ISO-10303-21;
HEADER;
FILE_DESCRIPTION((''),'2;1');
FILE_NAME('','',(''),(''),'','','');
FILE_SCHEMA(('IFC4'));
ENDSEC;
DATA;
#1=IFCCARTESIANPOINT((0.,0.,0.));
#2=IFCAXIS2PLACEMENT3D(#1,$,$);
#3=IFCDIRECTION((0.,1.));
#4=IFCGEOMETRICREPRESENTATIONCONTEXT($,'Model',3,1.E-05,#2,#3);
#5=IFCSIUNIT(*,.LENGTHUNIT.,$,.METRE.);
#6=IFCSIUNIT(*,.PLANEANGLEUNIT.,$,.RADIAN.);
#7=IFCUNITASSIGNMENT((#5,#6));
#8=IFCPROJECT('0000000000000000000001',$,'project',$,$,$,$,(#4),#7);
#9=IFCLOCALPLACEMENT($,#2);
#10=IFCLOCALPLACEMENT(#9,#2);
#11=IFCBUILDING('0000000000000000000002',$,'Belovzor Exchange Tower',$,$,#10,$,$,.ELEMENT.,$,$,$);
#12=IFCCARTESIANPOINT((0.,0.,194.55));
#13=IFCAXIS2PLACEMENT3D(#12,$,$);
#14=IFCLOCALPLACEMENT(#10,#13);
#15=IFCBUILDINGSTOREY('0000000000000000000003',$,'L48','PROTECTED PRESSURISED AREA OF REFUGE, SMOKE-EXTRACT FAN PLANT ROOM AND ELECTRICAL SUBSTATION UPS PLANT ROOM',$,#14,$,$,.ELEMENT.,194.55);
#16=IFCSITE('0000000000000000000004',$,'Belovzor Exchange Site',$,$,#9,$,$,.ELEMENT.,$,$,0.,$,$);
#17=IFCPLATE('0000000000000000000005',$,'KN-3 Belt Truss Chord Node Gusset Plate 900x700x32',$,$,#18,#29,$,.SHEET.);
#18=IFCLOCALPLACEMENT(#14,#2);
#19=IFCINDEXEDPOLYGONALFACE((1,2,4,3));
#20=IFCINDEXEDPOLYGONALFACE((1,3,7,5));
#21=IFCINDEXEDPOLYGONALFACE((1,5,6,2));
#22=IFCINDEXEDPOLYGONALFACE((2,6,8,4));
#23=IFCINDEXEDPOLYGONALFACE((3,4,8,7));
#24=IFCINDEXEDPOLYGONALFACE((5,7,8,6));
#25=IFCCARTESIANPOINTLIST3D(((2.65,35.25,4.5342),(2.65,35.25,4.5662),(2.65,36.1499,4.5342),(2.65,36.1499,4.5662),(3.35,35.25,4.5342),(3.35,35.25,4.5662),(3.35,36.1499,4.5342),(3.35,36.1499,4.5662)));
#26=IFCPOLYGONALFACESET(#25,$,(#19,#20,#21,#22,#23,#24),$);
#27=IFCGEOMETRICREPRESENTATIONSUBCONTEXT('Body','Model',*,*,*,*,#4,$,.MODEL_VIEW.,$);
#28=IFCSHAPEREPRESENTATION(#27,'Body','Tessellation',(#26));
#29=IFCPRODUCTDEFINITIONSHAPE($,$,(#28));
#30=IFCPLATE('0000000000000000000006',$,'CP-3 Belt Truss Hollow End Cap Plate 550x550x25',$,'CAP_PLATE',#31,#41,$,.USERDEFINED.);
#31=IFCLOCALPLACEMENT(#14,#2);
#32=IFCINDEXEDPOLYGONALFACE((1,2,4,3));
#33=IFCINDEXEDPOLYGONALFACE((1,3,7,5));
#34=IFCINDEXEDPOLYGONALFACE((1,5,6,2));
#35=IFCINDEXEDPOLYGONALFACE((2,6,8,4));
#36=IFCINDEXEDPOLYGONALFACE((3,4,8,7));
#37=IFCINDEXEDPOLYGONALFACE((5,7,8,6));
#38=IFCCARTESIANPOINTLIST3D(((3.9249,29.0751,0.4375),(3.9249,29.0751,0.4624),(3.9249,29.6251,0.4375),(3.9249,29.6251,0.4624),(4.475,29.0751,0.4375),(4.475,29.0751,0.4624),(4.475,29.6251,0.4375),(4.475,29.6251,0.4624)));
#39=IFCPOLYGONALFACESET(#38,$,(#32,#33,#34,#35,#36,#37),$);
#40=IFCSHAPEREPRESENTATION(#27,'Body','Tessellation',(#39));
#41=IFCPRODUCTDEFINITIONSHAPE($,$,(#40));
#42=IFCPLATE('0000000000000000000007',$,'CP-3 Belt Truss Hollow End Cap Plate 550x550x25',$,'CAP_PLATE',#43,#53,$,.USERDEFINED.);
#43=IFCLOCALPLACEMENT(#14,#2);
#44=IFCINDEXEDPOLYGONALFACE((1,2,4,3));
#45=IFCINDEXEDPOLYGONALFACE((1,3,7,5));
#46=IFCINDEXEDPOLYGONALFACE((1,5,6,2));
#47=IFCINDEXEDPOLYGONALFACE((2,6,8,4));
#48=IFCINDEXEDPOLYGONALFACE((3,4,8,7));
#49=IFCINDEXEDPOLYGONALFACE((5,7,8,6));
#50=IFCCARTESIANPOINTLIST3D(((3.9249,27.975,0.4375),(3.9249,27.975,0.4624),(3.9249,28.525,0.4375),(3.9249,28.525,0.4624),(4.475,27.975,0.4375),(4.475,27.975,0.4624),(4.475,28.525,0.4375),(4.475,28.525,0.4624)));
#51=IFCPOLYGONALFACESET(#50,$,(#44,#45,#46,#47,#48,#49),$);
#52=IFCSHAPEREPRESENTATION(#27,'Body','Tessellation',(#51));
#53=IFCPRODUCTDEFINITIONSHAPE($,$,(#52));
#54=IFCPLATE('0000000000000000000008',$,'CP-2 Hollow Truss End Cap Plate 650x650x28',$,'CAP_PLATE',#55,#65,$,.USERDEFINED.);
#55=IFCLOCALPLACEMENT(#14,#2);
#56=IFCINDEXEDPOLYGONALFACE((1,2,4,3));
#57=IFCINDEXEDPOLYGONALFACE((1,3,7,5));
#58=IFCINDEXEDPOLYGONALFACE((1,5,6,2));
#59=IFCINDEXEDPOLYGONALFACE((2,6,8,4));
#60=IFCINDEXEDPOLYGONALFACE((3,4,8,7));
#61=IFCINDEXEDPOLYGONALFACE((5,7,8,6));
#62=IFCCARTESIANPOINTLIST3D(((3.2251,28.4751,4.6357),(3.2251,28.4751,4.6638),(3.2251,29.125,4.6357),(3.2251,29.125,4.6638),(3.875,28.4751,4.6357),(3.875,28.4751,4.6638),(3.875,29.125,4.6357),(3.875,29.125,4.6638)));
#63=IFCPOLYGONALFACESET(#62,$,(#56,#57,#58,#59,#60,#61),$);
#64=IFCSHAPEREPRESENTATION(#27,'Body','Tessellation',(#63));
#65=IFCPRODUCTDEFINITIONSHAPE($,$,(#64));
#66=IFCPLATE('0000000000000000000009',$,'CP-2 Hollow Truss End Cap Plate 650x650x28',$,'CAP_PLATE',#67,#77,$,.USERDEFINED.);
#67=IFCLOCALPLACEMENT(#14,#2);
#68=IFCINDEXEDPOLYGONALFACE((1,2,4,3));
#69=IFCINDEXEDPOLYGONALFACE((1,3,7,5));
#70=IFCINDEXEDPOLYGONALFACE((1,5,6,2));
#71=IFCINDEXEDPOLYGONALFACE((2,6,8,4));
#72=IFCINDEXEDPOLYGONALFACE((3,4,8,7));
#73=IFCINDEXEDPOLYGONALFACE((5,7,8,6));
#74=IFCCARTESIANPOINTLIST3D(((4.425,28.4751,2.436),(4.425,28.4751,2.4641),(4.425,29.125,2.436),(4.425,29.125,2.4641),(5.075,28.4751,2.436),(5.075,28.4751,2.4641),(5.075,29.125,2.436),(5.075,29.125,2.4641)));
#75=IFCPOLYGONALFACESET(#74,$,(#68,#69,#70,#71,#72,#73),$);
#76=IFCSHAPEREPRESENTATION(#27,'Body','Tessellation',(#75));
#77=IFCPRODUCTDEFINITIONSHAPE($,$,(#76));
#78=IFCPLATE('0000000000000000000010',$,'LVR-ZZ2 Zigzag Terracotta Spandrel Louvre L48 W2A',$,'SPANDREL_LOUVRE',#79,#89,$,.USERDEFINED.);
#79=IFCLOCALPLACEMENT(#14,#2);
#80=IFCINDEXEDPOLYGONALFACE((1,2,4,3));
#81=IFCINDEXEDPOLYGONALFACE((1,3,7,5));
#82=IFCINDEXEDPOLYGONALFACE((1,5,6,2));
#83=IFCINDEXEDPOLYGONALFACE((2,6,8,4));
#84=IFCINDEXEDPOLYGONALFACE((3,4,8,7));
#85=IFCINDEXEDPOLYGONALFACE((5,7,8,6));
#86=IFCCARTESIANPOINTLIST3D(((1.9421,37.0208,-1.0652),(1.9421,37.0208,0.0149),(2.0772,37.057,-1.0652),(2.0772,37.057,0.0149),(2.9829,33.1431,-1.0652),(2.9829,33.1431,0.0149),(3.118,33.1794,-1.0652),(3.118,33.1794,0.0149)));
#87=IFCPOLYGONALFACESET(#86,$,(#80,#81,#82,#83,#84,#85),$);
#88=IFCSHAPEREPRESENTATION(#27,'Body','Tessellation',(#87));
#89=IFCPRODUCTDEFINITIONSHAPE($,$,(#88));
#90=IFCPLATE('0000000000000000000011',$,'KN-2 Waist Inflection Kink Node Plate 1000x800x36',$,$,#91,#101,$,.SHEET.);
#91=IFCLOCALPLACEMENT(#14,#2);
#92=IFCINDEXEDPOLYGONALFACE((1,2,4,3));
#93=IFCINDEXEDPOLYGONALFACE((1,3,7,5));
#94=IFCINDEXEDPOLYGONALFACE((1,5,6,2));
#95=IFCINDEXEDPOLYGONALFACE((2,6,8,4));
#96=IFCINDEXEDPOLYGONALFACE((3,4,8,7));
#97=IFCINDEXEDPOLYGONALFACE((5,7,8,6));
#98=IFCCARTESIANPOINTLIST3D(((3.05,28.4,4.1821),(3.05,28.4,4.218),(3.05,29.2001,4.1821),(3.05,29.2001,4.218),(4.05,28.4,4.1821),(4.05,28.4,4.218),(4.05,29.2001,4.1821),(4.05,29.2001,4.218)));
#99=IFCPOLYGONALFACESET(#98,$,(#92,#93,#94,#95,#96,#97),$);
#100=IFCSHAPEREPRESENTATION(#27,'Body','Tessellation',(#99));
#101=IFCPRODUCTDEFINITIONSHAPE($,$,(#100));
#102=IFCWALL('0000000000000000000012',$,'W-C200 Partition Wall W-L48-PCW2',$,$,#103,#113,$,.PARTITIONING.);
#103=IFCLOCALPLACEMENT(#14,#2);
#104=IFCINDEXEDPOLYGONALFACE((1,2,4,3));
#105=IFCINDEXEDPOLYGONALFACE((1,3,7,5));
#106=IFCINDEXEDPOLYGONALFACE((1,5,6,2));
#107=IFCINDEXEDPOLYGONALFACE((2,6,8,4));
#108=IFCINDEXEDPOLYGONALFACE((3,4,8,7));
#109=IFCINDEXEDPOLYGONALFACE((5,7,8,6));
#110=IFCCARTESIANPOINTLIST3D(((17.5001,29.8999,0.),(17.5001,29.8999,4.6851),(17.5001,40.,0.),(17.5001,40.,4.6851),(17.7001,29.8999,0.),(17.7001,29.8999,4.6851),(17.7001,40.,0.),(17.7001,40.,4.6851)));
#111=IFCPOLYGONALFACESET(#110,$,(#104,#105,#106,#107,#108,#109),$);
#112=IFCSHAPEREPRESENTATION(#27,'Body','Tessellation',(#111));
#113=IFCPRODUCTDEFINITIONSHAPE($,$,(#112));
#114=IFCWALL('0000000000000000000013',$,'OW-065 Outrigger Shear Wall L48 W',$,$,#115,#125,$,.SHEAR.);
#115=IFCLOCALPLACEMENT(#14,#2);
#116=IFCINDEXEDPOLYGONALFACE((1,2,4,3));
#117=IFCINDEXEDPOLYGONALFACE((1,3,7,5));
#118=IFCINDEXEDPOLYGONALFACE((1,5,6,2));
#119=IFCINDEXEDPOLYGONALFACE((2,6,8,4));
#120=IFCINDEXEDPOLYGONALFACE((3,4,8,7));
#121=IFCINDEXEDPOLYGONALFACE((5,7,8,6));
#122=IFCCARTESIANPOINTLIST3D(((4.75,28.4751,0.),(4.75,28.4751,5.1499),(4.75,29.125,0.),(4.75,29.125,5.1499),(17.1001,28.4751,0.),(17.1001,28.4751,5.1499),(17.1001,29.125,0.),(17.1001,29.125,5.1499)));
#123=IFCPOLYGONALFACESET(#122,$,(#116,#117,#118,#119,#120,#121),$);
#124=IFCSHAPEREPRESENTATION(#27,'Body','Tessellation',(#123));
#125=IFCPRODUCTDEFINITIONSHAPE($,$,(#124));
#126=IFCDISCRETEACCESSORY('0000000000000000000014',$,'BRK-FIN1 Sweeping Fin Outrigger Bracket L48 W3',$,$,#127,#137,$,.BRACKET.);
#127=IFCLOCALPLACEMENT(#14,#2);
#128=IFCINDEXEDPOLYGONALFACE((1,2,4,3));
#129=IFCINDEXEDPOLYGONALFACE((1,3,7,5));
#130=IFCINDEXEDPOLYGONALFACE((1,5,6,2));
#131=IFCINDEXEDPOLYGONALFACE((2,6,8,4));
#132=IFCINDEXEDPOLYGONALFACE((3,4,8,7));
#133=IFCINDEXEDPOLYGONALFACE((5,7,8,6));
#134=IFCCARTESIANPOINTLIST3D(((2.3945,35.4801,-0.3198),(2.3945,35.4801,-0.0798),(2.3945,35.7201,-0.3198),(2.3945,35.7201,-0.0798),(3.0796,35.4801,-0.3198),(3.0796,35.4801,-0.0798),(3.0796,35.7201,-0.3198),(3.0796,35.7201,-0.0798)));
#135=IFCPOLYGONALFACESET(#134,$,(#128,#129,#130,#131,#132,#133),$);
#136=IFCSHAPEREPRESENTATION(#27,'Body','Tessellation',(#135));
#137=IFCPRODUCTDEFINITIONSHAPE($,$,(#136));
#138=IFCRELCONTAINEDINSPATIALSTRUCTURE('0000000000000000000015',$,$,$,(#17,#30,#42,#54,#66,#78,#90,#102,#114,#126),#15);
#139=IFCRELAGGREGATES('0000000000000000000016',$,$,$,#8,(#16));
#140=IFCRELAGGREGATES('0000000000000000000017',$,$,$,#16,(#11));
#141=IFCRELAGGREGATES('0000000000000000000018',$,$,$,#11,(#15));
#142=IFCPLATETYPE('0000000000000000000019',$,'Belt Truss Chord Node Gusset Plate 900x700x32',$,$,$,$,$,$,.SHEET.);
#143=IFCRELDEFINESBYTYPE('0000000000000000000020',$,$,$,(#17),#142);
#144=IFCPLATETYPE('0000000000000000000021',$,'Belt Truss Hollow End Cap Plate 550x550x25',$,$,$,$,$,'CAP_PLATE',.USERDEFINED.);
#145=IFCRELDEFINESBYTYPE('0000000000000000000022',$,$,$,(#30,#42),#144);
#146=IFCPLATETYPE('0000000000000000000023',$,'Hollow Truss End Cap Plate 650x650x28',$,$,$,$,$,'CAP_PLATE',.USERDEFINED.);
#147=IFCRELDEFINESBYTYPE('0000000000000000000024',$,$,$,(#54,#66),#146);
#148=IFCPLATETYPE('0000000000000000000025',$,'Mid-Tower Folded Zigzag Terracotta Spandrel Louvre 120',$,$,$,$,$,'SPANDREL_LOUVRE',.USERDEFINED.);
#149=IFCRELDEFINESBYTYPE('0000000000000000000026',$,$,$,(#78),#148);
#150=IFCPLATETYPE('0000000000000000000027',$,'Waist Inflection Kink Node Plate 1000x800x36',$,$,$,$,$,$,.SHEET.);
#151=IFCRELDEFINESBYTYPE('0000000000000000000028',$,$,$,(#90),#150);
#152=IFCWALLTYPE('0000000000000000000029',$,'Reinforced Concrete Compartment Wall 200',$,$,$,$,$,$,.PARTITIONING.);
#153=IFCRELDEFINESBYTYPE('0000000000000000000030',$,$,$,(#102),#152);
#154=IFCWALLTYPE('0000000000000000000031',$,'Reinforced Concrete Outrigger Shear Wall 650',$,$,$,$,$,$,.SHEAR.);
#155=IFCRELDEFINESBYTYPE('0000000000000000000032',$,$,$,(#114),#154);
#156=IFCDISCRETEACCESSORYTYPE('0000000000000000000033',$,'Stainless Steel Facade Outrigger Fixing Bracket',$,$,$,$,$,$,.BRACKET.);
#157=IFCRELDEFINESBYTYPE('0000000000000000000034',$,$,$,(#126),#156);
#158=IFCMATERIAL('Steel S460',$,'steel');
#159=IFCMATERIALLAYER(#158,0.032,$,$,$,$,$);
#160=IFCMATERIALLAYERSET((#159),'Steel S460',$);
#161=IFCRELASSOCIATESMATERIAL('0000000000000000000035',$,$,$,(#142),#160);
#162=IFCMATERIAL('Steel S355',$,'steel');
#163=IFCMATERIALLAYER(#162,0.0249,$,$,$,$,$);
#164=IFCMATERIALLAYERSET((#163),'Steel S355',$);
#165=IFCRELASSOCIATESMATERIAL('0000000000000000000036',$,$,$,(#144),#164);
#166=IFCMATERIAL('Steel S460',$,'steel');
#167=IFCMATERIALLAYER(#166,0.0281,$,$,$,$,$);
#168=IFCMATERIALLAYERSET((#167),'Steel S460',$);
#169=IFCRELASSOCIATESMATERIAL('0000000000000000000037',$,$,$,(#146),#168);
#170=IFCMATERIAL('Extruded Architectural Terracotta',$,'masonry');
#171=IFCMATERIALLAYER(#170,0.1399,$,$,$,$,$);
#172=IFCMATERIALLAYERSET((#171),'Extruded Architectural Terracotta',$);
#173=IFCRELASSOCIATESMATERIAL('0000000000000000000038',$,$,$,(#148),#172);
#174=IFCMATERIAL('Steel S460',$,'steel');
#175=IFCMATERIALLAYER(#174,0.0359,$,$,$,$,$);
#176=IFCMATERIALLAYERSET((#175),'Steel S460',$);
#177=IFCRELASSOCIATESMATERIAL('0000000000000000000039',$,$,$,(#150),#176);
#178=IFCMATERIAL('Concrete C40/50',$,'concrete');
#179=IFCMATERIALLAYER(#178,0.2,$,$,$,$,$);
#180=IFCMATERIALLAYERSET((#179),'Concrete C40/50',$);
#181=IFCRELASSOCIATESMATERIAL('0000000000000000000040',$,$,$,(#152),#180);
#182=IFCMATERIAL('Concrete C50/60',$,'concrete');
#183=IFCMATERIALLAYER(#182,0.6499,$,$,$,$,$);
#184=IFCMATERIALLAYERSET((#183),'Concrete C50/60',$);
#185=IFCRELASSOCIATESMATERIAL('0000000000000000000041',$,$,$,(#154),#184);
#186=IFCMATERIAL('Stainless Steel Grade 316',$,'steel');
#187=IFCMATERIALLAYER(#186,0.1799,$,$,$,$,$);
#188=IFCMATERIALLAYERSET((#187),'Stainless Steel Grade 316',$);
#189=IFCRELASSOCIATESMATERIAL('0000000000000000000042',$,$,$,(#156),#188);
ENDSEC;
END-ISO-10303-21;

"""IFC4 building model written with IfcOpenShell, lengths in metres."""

from ifc_helpers import new_model, si_unit, direction, frame, frame_2d, origin, origin_2d, place, context, subcontext, project, spatial, rectangle, extrude, material, layer, layer_set, type_object, element, save


model = new_model("IFC4")

# Units and contexts
model_context = context("Model", 3, precision=1e-05, world=origin(), true_north=direction((0.0, 1.0)))
body_context = subcontext(model_context, "Body", "Model", "MODEL_VIEW")
ifc_project = project(units=[si_unit("LENGTHUNIT", "METRE"), si_unit("PLANEANGLEUNIT", "RADIAN")], contexts=[model_context])

# Site, building, storey
site_placement = place(None, origin())
site = spatial("IfcSite", under=ifc_project, at=site_placement, Name="Belovzor Exchange Site", CompositionType="ELEMENT", RefElevation=0.0)
building_placement = place(site_placement, origin())
building = spatial("IfcBuilding", under=site, at=building_placement, Name="Belovzor Exchange Tower", CompositionType="ELEMENT")
storey_placement = place(building_placement, frame((0.0, 0.0, 194.55)))
storey = spatial("IfcBuildingStorey", under=building, at=storey_placement, Name="L48", Description="PROTECTED PRESSURISED AREA OF REFUGE, SMOKE-EXTRACT FAN PLANT ROOM AND ELECTRICAL SUBSTATION UPS PLANT ROOM", CompositionType="ELEMENT", Elevation=194.55)

# Plates
ifc_material_1 = material(Name="Steel S460", Category="steel")
ifc_layer_1 = layer(ifc_material_1, 0.032)
ifc_layer_set_1 = layer_set([ifc_layer_1], Name="Steel S460")
plate_type_1 = type_object("IfcPlateType", Name="Belt Truss Chord Node Gusset Plate 900x700x32", PredefinedType="SHEET", material=ifc_layer_set_1)
plate_1_placement = place(storey_placement, frame((3.0, 35.7, 4.5342), z_axis=(0.0, 0.0, 1.0), x_axis=(0.0, 1.0, 0.0)))
element("IfcPlate", 1, at=plate_1_placement, inside=storey, type_object=plate_type_1, Name="KN-3 Belt Truss Chord Node Gusset Plate 900x700x32", PredefinedType="SHEET", context=body_context, shape_type="SweptSolid", body=[
    extrude(rectangle(XDim=0.8999, YDim=0.7, at=origin_2d()), origin(), (0.0, 0.0, 1.0), 0.032),
])
ifc_material_2 = material(Name="Steel S355", Category="steel")
ifc_layer_2 = layer(ifc_material_2, 0.0249)
ifc_layer_set_2 = layer_set([ifc_layer_2], Name="Steel S355")
plate_type_2 = type_object("IfcPlateType", Name="Belt Truss Hollow End Cap Plate 550x550x25", ElementType="CAP_PLATE", PredefinedType="USERDEFINED", material=ifc_layer_set_2)
for number, where, z_axis, x_axis, name in (
    (2, (4.2, 29.3501, 0.4375), (0.0, 0.0, 1.0), (0.0, 1.0, 0.0), "CP-3 Belt Truss Hollow End Cap Plate 550x550x25"),
    (3, (4.2, 28.25, 0.4375), (0.0, 0.0, 1.0), (0.0, 1.0, 0.0), "CP-3 Belt Truss Hollow End Cap Plate 550x550x25"),
):
    element("IfcPlate", number, at=place(storey_placement, frame(where, z_axis=z_axis, x_axis=x_axis)), inside=storey, type_object=plate_type_2, Name=name, ObjectType="CAP_PLATE", PredefinedType="USERDEFINED", context=body_context, shape_type="SweptSolid", body=[
        extrude(rectangle(XDim=0.55, YDim=0.55, at=origin_2d()), origin(), (0.0, 0.0, 1.0), 0.0249),
    ])
ifc_material_3 = material(Name="Steel S460", Category="steel")
ifc_layer_3 = layer(ifc_material_3, 0.0281)
ifc_layer_set_3 = layer_set([ifc_layer_3], Name="Steel S460")
plate_type_3 = type_object("IfcPlateType", Name="Hollow Truss End Cap Plate 650x650x28", ElementType="CAP_PLATE", PredefinedType="USERDEFINED", material=ifc_layer_set_3)
for number, where, z_axis, x_axis, name in (
    (4, (3.55, 28.8, 4.6357), (0.0, 0.0, 1.0), (1.0, 0.0, 0.0), "CP-2 Hollow Truss End Cap Plate 650x650x28"),
    (5, (4.75, 28.8, 2.436), (0.0, 0.0, 1.0), (1.0, 0.0, 0.0), "CP-2 Hollow Truss End Cap Plate 650x650x28"),
):
    element("IfcPlate", number, at=place(storey_placement, frame(where, z_axis=z_axis, x_axis=x_axis)), inside=storey, type_object=plate_type_3, Name=name, ObjectType="CAP_PLATE", PredefinedType="USERDEFINED", context=body_context, shape_type="SweptSolid", body=[
        extrude(rectangle(XDim=0.6499, YDim=0.6499, at=origin_2d()), origin(), (0.0, 0.0, 1.0), 0.0281),
    ])
ifc_material_4 = material(Name="Extruded Architectural Terracotta", Category="masonry")
ifc_layer_4 = layer(ifc_material_4, 0.1399)
ifc_layer_set_4 = layer_set([ifc_layer_4], Name="Extruded Architectural Terracotta")
plate_type_4 = type_object("IfcPlateType", Name="Mid-Tower Folded Zigzag Terracotta Spandrel Louvre 120", ElementType="SPANDREL_LOUVRE", PredefinedType="USERDEFINED", material=ifc_layer_set_4)
plate_2_placement = place(storey_placement, frame((2.53, 35.1001, -1.0652), z_axis=(0.0, 0.0, 1.0), x_axis=(-0.25924, 0.965813, 0.0)))
element("IfcPlate", 6, at=plate_2_placement, inside=storey, type_object=plate_type_4, Name="LVR-ZZ2 Zigzag Terracotta Spandrel Louvre L48 W2A", ObjectType="SPANDREL_LOUVRE", PredefinedType="USERDEFINED", context=body_context, shape_type="SweptSolid", body=[
    extrude(rectangle(XDim=4.0149, YDim=0.1399, at=origin_2d()), origin(), (0.0, 0.0, 1.0), 1.0801),
])
ifc_material_5 = material(Name="Steel S460", Category="steel")
ifc_layer_5 = layer(ifc_material_5, 0.0359)
ifc_layer_set_5 = layer_set([ifc_layer_5], Name="Steel S460")
plate_type_5 = type_object("IfcPlateType", Name="Waist Inflection Kink Node Plate 1000x800x36", PredefinedType="SHEET", material=ifc_layer_set_5)
plate_3_placement = place(storey_placement, frame((3.55, 28.8, 4.1821), z_axis=(0.0, 0.0, 1.0), x_axis=(1.0, 0.0, 0.0)))
element("IfcPlate", 7, at=plate_3_placement, inside=storey, type_object=plate_type_5, Name="KN-2 Waist Inflection Kink Node Plate 1000x800x36", PredefinedType="SHEET", context=body_context, shape_type="SweptSolid", body=[
    extrude(rectangle(XDim=1.0, YDim=0.8, at=origin_2d()), origin(), (0.0, 0.0, 1.0), 0.0359),
])

# Walls
ifc_material_6 = material(Name="Concrete C40/50", Category="concrete")
ifc_layer_6 = layer(ifc_material_6, 0.2)
ifc_layer_set_6 = layer_set([ifc_layer_6], Name="Concrete C40/50")
wall_type_1 = type_object("IfcWallType", Name="Reinforced Concrete Compartment Wall 200", PredefinedType="PARTITIONING", material=ifc_layer_set_6)
wall_1_placement = place(storey_placement, frame((17.6001, 29.8999, 0.0), z_axis=(0.0, 0.0, 1.0), x_axis=(0.0, 1.0, 0.0)))
element("IfcWall", 8, at=wall_1_placement, inside=storey, type_object=wall_type_1, Name="W-C200 Partition Wall W-L48-PCW2", PredefinedType="PARTITIONING", context=body_context, shape_type="SweptSolid", body=[
    extrude(rectangle(XDim=10.1001, YDim=0.2, at=frame_2d((5.05, 0.0))), origin(), (0.0, 0.0, 1.0), 4.6851),
])
ifc_material_7 = material(Name="Concrete C50/60", Category="concrete")
ifc_layer_7 = layer(ifc_material_7, 0.6499)
ifc_layer_set_7 = layer_set([ifc_layer_7], Name="Concrete C50/60")
wall_type_2 = type_object("IfcWallType", Name="Reinforced Concrete Outrigger Shear Wall 650", PredefinedType="SHEAR", material=ifc_layer_set_7)
wall_2_placement = place(storey_placement, frame((17.1001, 28.8, 0.0), z_axis=(0.0, 0.0, 1.0), x_axis=(-1.0, 0.0, 0.0)))
element("IfcWall", 9, at=wall_2_placement, inside=storey, type_object=wall_type_2, Name="OW-065 Outrigger Shear Wall L48 W", PredefinedType="SHEAR", context=body_context, shape_type="SweptSolid", body=[
    extrude(rectangle(XDim=12.3501, YDim=0.6499, at=frame_2d((6.175, 0.0))), origin(), (0.0, 0.0, 1.0), 5.1499),
])

# Discrete accessory
ifc_material_8 = material(Name="Stainless Steel Grade 316", Category="steel")
ifc_layer_8 = layer(ifc_material_8, 0.1799)
ifc_layer_set_8 = layer_set([ifc_layer_8], Name="Stainless Steel Grade 316")
discrete_accessory_type = type_object("IfcDiscreteAccessoryType", Name="Stainless Steel Facade Outrigger Fixing Bracket", PredefinedType="BRACKET", material=ifc_layer_set_8)
discrete_accessory_placement = place(storey_placement, frame((2.7371, 35.6001, -0.3198), z_axis=(0.0, 0.0, 1.0), x_axis=(1.0, 0.0, 0.0)))
element("IfcDiscreteAccessory", 10, at=discrete_accessory_placement, inside=storey, type_object=discrete_accessory_type, Name="BRK-FIN1 Sweeping Fin Outrigger Bracket L48 W3", PredefinedType="BRACKET", context=body_context, shape_type="SweptSolid", body=[
    extrude(rectangle(XDim=0.6851, YDim=0.24, at=origin_2d()), origin(), (0.0, 0.0, 1.0), 0.24),
])

save(model, "model.ifc")
